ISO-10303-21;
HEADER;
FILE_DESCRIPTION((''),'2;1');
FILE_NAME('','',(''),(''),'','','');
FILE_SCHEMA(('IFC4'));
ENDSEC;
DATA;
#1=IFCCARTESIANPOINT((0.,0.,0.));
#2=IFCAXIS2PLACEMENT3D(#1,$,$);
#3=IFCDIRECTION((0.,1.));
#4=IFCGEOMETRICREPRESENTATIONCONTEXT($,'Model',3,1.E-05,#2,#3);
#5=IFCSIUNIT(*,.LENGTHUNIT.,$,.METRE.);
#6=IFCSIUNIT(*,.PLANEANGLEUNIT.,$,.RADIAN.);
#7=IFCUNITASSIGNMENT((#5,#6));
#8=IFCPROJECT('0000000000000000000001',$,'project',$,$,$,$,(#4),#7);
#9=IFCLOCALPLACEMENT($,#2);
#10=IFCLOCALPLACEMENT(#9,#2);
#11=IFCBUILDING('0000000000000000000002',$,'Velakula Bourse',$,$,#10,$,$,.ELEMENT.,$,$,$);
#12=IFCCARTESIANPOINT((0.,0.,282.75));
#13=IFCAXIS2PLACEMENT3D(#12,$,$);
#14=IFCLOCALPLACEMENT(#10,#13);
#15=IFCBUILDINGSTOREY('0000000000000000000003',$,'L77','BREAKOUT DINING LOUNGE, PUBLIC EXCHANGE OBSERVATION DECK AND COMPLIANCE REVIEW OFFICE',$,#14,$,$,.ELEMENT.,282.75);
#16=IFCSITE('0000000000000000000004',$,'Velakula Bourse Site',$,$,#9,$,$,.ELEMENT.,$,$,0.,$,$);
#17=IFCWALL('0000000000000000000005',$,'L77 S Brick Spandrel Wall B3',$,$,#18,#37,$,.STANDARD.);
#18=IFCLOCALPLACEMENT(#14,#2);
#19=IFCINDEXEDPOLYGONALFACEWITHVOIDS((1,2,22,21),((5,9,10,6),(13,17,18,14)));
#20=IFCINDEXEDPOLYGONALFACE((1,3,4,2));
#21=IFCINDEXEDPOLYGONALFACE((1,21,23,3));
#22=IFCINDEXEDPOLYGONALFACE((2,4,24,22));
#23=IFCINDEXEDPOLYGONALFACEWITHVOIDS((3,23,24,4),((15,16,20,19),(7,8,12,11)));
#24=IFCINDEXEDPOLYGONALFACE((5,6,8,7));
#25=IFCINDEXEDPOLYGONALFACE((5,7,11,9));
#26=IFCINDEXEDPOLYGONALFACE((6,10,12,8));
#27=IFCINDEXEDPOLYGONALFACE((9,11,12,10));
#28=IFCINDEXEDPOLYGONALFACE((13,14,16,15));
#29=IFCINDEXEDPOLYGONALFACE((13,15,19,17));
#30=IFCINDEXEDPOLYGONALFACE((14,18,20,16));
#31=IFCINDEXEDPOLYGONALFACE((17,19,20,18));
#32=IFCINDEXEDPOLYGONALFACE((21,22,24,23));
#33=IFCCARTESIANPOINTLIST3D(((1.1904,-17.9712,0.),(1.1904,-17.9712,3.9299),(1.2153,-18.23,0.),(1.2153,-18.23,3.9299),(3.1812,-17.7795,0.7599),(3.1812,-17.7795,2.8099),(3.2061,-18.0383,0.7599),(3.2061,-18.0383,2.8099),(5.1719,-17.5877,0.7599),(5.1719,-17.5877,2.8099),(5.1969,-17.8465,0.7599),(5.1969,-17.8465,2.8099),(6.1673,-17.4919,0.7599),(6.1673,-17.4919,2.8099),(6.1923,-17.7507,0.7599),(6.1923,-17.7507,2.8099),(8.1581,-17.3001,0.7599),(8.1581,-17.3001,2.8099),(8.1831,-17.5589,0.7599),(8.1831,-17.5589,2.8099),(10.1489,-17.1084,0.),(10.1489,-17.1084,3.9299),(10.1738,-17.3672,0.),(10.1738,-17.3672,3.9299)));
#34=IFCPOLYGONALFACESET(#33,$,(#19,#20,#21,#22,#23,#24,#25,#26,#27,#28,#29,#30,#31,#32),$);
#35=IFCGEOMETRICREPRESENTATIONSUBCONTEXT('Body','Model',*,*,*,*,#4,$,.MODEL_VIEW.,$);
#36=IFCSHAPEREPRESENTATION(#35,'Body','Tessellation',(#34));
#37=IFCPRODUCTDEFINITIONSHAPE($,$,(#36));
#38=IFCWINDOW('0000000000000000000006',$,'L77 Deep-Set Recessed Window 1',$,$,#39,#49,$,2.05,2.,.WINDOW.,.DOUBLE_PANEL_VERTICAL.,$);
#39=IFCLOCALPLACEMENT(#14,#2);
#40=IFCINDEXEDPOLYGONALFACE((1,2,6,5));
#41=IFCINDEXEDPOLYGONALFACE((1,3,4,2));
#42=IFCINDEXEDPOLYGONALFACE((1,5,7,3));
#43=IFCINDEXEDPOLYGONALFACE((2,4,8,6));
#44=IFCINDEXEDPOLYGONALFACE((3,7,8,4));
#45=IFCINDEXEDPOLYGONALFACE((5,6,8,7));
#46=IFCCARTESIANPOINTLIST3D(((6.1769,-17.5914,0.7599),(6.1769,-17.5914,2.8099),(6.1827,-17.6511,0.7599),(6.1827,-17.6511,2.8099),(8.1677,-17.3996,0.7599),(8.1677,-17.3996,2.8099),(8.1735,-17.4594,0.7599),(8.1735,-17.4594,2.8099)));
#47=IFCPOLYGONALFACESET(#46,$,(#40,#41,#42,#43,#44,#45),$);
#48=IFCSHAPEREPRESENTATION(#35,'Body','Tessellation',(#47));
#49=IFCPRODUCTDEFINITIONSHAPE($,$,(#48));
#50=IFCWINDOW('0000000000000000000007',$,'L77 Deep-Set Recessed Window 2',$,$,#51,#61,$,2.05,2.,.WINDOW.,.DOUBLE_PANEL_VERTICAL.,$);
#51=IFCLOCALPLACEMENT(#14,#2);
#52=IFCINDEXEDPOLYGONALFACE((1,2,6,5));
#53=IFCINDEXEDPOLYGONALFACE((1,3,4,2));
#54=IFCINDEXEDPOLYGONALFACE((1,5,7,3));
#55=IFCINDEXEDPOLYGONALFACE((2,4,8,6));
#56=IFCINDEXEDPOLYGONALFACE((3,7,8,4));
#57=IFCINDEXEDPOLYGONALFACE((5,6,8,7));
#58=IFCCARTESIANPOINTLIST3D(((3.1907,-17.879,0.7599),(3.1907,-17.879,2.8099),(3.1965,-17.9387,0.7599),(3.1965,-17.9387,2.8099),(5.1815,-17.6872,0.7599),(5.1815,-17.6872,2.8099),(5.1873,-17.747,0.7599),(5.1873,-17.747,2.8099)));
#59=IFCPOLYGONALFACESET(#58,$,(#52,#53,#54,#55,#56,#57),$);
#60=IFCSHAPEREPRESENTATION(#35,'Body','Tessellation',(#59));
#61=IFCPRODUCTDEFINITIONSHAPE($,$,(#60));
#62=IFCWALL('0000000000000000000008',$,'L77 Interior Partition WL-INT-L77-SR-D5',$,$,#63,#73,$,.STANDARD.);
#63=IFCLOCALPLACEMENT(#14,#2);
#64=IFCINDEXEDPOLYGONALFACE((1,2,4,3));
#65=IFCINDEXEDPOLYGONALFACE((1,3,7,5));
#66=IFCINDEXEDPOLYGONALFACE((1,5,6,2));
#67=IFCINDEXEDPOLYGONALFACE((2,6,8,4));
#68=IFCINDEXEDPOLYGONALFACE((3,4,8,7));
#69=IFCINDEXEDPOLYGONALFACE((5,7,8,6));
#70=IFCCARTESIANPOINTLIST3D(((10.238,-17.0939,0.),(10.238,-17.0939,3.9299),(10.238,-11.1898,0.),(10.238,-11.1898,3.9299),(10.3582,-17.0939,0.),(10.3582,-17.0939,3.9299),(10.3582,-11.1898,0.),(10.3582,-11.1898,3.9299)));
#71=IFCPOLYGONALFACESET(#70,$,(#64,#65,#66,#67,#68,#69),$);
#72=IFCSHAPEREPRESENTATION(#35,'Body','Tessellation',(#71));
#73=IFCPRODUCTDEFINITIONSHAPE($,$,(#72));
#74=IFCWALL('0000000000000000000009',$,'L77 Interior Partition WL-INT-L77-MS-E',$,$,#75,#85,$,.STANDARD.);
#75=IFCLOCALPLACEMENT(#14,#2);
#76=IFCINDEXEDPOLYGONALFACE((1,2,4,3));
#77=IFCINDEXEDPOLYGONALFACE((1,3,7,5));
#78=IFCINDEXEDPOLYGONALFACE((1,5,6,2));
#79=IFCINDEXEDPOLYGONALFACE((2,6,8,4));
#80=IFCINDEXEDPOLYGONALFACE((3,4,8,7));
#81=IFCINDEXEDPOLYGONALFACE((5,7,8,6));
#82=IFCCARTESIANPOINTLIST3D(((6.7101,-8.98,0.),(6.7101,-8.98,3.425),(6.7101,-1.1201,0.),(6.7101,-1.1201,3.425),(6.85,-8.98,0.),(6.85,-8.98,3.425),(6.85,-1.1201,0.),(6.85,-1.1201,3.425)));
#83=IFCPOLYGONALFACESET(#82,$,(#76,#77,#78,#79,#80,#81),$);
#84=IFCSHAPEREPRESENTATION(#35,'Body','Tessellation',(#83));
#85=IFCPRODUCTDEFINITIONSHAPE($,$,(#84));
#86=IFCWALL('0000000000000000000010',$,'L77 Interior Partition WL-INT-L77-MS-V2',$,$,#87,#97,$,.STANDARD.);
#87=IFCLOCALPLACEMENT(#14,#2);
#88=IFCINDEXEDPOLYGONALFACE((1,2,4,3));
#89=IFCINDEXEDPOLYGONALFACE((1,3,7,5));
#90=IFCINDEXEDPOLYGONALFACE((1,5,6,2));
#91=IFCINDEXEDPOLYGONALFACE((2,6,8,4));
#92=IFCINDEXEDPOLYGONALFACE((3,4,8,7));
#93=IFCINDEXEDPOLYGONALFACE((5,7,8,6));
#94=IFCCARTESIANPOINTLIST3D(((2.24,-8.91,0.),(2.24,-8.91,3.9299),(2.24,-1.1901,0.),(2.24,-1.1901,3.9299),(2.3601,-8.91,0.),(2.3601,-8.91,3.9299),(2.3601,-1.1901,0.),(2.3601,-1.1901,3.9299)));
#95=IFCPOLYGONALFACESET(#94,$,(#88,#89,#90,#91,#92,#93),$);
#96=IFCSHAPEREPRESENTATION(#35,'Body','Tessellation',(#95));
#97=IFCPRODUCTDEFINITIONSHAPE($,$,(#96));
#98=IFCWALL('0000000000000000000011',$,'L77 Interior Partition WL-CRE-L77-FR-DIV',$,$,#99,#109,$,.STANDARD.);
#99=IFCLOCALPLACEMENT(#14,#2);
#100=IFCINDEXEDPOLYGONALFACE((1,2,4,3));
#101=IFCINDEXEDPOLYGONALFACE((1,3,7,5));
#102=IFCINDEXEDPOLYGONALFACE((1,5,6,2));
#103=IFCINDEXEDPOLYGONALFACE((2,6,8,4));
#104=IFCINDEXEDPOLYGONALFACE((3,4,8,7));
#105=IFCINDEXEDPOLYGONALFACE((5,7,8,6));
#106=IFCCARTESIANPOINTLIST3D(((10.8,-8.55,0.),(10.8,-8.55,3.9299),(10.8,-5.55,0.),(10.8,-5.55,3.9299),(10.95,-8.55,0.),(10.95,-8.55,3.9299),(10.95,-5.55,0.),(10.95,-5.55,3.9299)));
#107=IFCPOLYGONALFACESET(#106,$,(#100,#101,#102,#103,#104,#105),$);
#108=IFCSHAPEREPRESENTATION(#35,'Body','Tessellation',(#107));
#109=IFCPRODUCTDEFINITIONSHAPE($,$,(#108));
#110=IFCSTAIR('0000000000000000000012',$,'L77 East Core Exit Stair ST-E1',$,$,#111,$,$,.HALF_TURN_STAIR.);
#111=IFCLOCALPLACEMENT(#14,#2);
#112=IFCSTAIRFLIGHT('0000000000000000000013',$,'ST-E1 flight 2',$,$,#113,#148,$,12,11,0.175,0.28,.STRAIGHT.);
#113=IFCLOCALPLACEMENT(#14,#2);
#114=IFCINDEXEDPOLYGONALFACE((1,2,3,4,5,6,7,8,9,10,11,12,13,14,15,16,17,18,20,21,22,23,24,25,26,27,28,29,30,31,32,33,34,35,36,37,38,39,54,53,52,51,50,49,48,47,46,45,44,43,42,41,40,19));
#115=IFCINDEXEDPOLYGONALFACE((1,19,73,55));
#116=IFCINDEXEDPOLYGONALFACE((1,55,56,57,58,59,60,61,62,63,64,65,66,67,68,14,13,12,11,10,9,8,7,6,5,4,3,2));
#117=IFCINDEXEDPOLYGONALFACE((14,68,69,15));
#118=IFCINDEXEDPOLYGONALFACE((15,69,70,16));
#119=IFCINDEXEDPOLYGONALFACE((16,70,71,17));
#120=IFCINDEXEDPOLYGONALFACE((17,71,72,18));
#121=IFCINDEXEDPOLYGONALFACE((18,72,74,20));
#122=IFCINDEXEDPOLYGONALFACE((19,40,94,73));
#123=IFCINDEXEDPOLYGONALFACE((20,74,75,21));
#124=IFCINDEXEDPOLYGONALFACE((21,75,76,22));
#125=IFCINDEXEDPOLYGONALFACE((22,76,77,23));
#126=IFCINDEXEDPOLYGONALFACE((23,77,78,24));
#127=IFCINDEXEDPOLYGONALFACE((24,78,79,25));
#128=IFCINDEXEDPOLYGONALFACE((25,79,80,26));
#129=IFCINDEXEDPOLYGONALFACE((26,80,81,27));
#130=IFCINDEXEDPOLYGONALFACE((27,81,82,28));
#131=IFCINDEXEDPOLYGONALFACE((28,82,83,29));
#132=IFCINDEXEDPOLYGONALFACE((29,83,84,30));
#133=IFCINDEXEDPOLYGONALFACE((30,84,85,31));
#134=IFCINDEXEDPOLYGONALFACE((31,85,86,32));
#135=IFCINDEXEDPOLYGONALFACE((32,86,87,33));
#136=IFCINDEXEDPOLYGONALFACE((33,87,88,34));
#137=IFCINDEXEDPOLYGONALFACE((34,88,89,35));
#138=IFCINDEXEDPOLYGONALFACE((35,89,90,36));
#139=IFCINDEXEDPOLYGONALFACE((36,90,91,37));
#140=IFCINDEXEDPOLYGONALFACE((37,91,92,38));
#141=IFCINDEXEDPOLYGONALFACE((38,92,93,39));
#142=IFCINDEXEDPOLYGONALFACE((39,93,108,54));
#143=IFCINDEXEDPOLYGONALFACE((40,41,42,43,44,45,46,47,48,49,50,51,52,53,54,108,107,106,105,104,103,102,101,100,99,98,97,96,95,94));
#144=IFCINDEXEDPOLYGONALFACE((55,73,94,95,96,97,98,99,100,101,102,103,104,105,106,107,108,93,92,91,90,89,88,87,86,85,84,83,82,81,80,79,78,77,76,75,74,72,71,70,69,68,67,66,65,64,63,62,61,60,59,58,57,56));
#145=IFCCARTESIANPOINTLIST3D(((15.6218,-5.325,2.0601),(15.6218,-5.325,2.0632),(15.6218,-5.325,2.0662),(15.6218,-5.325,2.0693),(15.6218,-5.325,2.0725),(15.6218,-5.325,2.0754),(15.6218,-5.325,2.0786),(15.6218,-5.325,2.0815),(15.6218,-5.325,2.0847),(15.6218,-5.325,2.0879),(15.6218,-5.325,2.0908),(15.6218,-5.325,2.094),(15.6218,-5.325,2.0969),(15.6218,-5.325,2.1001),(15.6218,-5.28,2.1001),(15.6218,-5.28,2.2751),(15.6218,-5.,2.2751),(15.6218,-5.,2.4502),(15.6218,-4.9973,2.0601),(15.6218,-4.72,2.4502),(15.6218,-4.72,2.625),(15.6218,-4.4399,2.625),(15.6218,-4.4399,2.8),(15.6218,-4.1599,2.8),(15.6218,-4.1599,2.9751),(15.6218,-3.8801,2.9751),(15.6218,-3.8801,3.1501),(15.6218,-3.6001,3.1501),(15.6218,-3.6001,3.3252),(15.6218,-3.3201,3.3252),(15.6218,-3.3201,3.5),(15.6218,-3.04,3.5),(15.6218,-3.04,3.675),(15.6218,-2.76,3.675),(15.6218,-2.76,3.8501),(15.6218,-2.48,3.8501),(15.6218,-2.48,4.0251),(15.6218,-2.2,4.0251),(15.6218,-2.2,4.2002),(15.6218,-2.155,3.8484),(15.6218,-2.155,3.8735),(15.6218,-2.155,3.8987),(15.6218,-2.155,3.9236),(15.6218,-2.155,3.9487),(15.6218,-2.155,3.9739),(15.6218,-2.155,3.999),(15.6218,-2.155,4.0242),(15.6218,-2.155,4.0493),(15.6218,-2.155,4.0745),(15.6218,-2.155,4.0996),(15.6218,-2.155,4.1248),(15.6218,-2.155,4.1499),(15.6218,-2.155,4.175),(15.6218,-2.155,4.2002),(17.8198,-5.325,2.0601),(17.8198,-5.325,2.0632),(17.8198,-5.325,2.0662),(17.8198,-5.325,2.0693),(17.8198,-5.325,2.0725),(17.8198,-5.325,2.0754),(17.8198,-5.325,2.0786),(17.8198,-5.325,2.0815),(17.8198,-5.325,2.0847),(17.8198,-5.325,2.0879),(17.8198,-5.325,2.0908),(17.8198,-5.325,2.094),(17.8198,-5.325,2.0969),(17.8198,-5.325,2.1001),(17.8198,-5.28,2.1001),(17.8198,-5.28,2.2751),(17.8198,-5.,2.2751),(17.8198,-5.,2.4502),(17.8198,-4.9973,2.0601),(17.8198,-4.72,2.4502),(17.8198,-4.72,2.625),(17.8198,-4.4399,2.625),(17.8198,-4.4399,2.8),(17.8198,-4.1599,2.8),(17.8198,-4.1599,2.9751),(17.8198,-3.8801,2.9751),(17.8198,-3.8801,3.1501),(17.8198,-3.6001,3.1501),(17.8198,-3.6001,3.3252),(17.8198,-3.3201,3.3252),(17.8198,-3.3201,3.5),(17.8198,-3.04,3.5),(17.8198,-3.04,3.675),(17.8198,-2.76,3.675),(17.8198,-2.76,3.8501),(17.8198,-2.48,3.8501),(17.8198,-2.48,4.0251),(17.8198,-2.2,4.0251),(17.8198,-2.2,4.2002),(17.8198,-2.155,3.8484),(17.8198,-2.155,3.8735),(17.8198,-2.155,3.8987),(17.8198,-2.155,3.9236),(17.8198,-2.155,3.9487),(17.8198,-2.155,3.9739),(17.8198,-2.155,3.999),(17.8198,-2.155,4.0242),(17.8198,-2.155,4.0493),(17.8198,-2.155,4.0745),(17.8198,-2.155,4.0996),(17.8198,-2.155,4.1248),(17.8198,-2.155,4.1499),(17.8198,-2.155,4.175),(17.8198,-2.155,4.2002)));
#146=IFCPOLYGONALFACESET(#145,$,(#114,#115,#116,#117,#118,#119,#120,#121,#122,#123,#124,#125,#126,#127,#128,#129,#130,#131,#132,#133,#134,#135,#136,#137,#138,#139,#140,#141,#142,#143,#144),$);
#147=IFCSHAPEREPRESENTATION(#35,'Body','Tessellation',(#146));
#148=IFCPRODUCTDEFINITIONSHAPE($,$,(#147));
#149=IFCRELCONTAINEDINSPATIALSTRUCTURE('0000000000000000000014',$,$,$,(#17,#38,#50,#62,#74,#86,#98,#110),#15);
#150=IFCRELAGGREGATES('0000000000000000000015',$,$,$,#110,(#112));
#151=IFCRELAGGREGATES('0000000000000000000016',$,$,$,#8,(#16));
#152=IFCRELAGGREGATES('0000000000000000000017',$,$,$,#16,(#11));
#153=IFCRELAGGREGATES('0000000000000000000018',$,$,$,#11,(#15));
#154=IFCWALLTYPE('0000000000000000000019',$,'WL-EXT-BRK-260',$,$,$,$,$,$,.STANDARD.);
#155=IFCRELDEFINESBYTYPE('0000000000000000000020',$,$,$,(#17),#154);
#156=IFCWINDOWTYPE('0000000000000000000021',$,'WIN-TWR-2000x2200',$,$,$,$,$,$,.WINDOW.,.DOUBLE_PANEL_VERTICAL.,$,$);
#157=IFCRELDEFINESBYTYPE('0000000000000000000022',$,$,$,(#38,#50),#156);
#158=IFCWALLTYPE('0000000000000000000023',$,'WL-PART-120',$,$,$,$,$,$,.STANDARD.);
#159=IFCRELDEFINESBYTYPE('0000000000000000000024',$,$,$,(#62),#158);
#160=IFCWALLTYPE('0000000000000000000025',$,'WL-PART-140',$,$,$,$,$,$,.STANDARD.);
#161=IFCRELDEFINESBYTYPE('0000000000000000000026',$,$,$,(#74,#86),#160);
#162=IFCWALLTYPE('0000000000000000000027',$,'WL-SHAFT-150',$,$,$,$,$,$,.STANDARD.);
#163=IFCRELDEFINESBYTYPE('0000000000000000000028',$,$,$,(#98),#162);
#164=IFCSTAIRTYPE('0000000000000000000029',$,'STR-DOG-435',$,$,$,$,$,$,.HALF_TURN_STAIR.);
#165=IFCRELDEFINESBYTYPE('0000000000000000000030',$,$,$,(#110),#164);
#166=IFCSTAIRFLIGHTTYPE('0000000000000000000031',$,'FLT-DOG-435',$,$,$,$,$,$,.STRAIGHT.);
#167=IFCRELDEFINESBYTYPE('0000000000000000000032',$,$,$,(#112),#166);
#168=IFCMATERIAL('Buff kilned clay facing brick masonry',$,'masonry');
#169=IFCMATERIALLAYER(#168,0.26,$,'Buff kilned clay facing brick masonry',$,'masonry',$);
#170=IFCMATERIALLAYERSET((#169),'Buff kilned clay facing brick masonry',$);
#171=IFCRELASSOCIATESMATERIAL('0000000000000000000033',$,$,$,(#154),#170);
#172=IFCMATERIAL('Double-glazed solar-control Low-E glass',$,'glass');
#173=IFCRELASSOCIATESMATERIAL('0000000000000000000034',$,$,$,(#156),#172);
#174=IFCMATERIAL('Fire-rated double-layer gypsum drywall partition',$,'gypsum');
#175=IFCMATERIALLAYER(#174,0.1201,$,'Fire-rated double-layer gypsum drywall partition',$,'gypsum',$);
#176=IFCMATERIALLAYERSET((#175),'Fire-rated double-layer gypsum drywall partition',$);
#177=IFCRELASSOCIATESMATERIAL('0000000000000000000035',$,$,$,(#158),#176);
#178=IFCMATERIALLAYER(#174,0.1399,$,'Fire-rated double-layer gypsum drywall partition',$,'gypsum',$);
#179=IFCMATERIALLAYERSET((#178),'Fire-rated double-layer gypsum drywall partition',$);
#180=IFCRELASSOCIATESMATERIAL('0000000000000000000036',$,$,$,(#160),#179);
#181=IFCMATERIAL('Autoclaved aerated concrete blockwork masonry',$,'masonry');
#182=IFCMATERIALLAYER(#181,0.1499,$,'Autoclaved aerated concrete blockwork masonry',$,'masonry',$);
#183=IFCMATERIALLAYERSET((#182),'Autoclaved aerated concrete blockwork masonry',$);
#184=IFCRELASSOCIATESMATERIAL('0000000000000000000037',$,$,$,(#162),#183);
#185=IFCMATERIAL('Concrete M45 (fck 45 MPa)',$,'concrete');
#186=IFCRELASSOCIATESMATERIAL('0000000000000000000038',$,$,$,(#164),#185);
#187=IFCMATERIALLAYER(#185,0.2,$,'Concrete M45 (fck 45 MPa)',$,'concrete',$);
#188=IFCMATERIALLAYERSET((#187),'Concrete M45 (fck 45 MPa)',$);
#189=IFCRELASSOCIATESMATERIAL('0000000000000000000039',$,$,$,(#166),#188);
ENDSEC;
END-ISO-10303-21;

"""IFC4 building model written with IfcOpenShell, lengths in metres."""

from ifc_helpers import new_model, si_unit, direction, frame, frame_2d, origin, place, context, subcontext, project, spatial, polyline, rectangle, outline, extrude, material, layer, layer_set, type_object, element, fill, aggregate, save


model = new_model("IFC4")

# Units and contexts
model_context = context("Model", 3, precision=1e-05, world=origin(), true_north=direction((0.0, 1.0)))
body_context = subcontext(model_context, "Body", "Model", "MODEL_VIEW")
ifc_project = project(units=[si_unit("LENGTHUNIT", "METRE"), si_unit("PLANEANGLEUNIT", "RADIAN")], contexts=[model_context])

# Site, building, storey
site_placement = place(None, origin())
site = spatial("IfcSite", under=ifc_project, at=site_placement, Name="Velakula Bourse Site", CompositionType="ELEMENT", RefElevation=0.0)
building_placement = place(site_placement, origin())
building = spatial("IfcBuilding", under=site, at=building_placement, Name="Velakula Bourse", CompositionType="ELEMENT")
storey_placement = place(building_placement, frame((0.0, 0.0, 282.75)))
storey = spatial("IfcBuildingStorey", under=building, at=storey_placement, Name="L77", Description="BREAKOUT DINING LOUNGE, PUBLIC EXCHANGE OBSERVATION DECK AND COMPLIANCE REVIEW OFFICE", CompositionType="ELEMENT", Elevation=282.75)

# Wall, openings, windows
ifc_material_1 = material(Name="Buff kilned clay facing brick masonry", Category="masonry")
ifc_layer_1 = layer(ifc_material_1, 0.26, Name="Buff kilned clay facing brick masonry", Category="masonry")
ifc_layer_set_1 = layer_set([ifc_layer_1], Name="Buff kilned clay facing brick masonry")
wall_type_1 = type_object("IfcWallType", Name="WL-EXT-BRK-260", PredefinedType="STANDARD", material=ifc_layer_set_1)
ifc_material_2 = material(Name="Double-glazed solar-control Low-E glass", Category="glass")
window_type = type_object("IfcWindowType", Name="WIN-TWR-2000x2200", PartitioningType="DOUBLE_PANEL_VERTICAL", PredefinedType="WINDOW", material=ifc_material_2)
wall_1_placement = place(storey_placement, frame((10.1614, -17.2378, 0.0), z_axis=(0.0, 0.0, 1.0), x_axis=(-0.995394, -0.095866, 0.0)))
wall_1 = element("IfcWall", 1, at=wall_1_placement, inside=storey, type_object=wall_type_1, Name="L77 S Brick Spandrel Wall B3", PredefinedType="STANDARD", context=body_context, shape_type="SweptSolid", body=[
    extrude(rectangle(XDim=9.0, YDim=0.26, at=frame_2d((4.5, 0.0))), origin(), (0.0, 0.0, 1.0), 3.9299),
])
opening_1_placement = place(wall_1_placement, frame((2.0, 0.0, 0.76)))
opening_1 = element("IfcOpeningElement", 2, at=opening_1_placement, cuts=wall_1, PredefinedType="OPENING", context=body_context, shape_type="SweptSolid", body=[
    extrude(rectangle(XDim=2.0, YDim=2.05, at=frame_2d((1.0, 1.0249))), frame((0.0, 0.1399, 0.0), z_axis=(0.0, -1.0, 0.0), x_axis=(1.0, 0.0, 0.0)), (0.0, 0.0, 1.0), 0.28),
])
opening_2_placement = place(wall_1_placement, frame((5.0, 0.0, 0.76)))
opening_2 = element("IfcOpeningElement", 3, at=opening_2_placement, cuts=wall_1, PredefinedType="OPENING", context=body_context, shape_type="SweptSolid", body=[
    extrude(rectangle(XDim=2.0, YDim=2.05, at=frame_2d((1.0, 1.0249))), frame((0.0, 0.1399, 0.0), z_axis=(0.0, -1.0, 0.0), x_axis=(1.0, 0.0, 0.0)), (0.0, 0.0, 1.0), 0.28),
])
window_1_placement = place(opening_1_placement, origin())
window_1 = element("IfcWindow", 4, at=window_1_placement, inside=storey, type_object=window_type, Name="L77 Deep-Set Recessed Window 1", OverallHeight=2.05, OverallWidth=2.0, PartitioningType="DOUBLE_PANEL_VERTICAL", PredefinedType="WINDOW", context=body_context, shape_type="SweptSolid", body=[
    extrude(rectangle(XDim=2.0, YDim=2.05, at=frame_2d((1.0, 1.0249))), frame((0.0, 0.03, 0.0), z_axis=(0.0, -1.0, 0.0), x_axis=(1.0, 0.0, 0.0)), (0.0, 0.0, 1.0), 0.0601),
])
fill(opening_1, window_1)
window_2_placement = place(opening_2_placement, origin())
window_2 = element("IfcWindow", 5, at=window_2_placement, inside=storey, type_object=window_type, Name="L77 Deep-Set Recessed Window 2", OverallHeight=2.05, OverallWidth=2.0, PartitioningType="DOUBLE_PANEL_VERTICAL", PredefinedType="WINDOW", context=body_context, shape_type="SweptSolid", body=[
    extrude(rectangle(XDim=2.0, YDim=2.05, at=frame_2d((1.0, 1.0249))), frame((0.0, 0.03, 0.0), z_axis=(0.0, -1.0, 0.0), x_axis=(1.0, 0.0, 0.0)), (0.0, 0.0, 1.0), 0.0601),
])
fill(opening_2, window_2)

# Walls
ifc_material_3 = material(Name="Fire-rated double-layer gypsum drywall partition", Category="gypsum")
ifc_layer_2 = layer(ifc_material_3, 0.1201, Name="Fire-rated double-layer gypsum drywall partition", Category="gypsum")
ifc_layer_set_2 = layer_set([ifc_layer_2], Name="Fire-rated double-layer gypsum drywall partition")
wall_type_2 = type_object("IfcWallType", Name="WL-PART-120", PredefinedType="STANDARD", material=ifc_layer_set_2)
wall_2_placement = place(storey_placement, frame((10.2981, -17.094, 0.0), z_axis=(0.0, 0.0, 1.0), x_axis=(0.0, 1.0, 0.0)))
element("IfcWall", 6, at=wall_2_placement, inside=storey, type_object=wall_type_2, Name="L77 Interior Partition WL-INT-L77-SR-D5", PredefinedType="STANDARD", context=body_context, shape_type="SweptSolid", body=[
    extrude(rectangle(XDim=5.9041, YDim=0.1201, at=frame_2d((2.9521, 0.0))), origin(), (0.0, 0.0, 1.0), 3.9299),
])
ifc_layer_3 = layer(ifc_material_3, 0.1399, Name="Fire-rated double-layer gypsum drywall partition", Category="gypsum")
ifc_layer_set_3 = layer_set([ifc_layer_3], Name="Fire-rated double-layer gypsum drywall partition")
wall_type_3 = type_object("IfcWallType", Name="WL-PART-140", PredefinedType="STANDARD", material=ifc_layer_set_3)
wall_3_placement = place(storey_placement, frame((6.78, -8.98, 0.0), z_axis=(0.0, 0.0, 1.0), x_axis=(0.0, 1.0, 0.0)))
element("IfcWall", 7, at=wall_3_placement, inside=storey, type_object=wall_type_3, Name="L77 Interior Partition WL-INT-L77-MS-E", PredefinedType="STANDARD", context=body_context, shape_type="SweptSolid", body=[
    extrude(rectangle(XDim=7.8599, YDim=0.1399, at=frame_2d((3.9299, 0.0))), origin(), (0.0, 0.0, 1.0), 3.425),
])
wall_4_placement = place(storey_placement, frame((2.3, -8.9099, 0.0), z_axis=(0.0, 0.0, 1.0), x_axis=(0.0, 1.0, 0.0)))
element("IfcWall", 8, at=wall_4_placement, inside=storey, type_object=wall_type_3, Name="L77 Interior Partition WL-INT-L77-MS-V2", PredefinedType="STANDARD", context=body_context, shape_type="SweptSolid", body=[
    extrude(rectangle(XDim=7.72, YDim=0.1201, at=frame_2d((3.8599, 0.0))), origin(), (0.0, 0.0, 1.0), 3.9299),
])

# Shared definitions
ifc_material_4 = material(Name="Autoclaved aerated concrete blockwork masonry", Category="masonry")
ifc_layer_4 = layer(ifc_material_4, 0.1499, Name="Autoclaved aerated concrete blockwork masonry", Category="masonry")
ifc_layer_set_4 = layer_set([ifc_layer_4], Name="Autoclaved aerated concrete blockwork masonry")
wall_type_4 = type_object("IfcWallType", Name="WL-SHAFT-150", PredefinedType="STANDARD", material=ifc_layer_set_4)

# Wall
wall_5_placement = place(storey_placement, frame((10.875, -8.55, 0.0), z_axis=(0.0, 0.0, 1.0), x_axis=(0.0, 1.0, 0.0)))
element("IfcWall", 9, at=wall_5_placement, inside=storey, type_object=wall_type_4, Name="L77 Interior Partition WL-CRE-L77-FR-DIV", PredefinedType="STANDARD", context=body_context, shape_type="SweptSolid", body=[
    extrude(rectangle(XDim=3.0, YDim=0.1499, at=frame_2d((1.5, 0.0))), origin(), (0.0, 0.0, 1.0), 3.9299),
])

# Stair, stair flight
ifc_material_5 = material(Name="Concrete M45 (fck 45 MPa)", Category="concrete")
stair_type = type_object("IfcStairType", Name="STR-DOG-435", PredefinedType="HALF_TURN_STAIR", material=ifc_material_5)
stair_placement = place(storey_placement, origin())
stair = element("IfcStair", 10, at=stair_placement, inside=storey, type_object=stair_type, Name="L77 East Core Exit Stair ST-E1", PredefinedType="HALF_TURN_STAIR")
ifc_layer_5 = layer(ifc_material_5, 0.2, Name="Concrete M45 (fck 45 MPa)", Category="concrete")
ifc_layer_set_5 = layer_set([ifc_layer_5], Name="Concrete M45 (fck 45 MPa)")
stair_flight_type = type_object("IfcStairFlightType", Name="FLT-DOG-435", PredefinedType="STRAIGHT", material=ifc_layer_set_5)
stair_flight_placement = place(storey_placement, frame((16.7209, -5.28, 2.1001), z_axis=(0.0, 0.0, 1.0), x_axis=(0.0, 1.0, 0.0)))
stair_flight = element("IfcStairFlight", 11, at=stair_flight_placement, type_object=stair_flight_type, Name="ST-E1 flight 2", NumberOfRisers=12, NumberOfTreads=11, PredefinedType="STRAIGHT", RiserHeight=0.175, TreadLength=0.28, context=body_context, shape_type="SweptSolid", body=[
    extrude(outline(polyline([(-0.0449, -0.04), (-0.0449, -0.0369), (-0.0449, -0.0339), (-0.0449, -0.0308), (-0.0449, -0.0276), (-0.0449, -0.0247), (-0.0449, -0.0215), (-0.0449, -0.0186), (-0.0449, -0.0154), (-0.0449, -0.0122), (-0.0449, -0.0093), (-0.0449, -0.0061), (-0.0449, -0.0032), (-0.0449, 0.0), (0.0, 0.0), (0.0, 0.175), (0.28, 0.175), (0.28, 0.3501), (0.5601, 0.3501), (0.5601, 0.5249), (0.8401, 0.5249), (0.8401, 0.7), (1.1201, 0.7), (1.1201, 0.875), (1.3999, 0.875), (1.3999, 1.05), (1.6799, 1.05), (1.6799, 1.2251), (1.96, 1.2251), (1.96, 1.3999), (2.24, 1.3999), (2.24, 1.575), (2.52, 1.575), (2.52, 1.75), (2.8, 1.75), (2.8, 1.925), (3.0801, 1.925), (3.0801, 2.1001), (3.125, 2.1001), (3.125, 2.075), (3.125, 2.0498), (3.125, 2.0247), (3.125, 1.9995), (3.125, 1.9744), (3.125, 1.9492), (3.125, 1.9241), (3.125, 1.8989), (3.125, 1.8738), (3.125, 1.8486), (3.125, 1.8235), (3.125, 1.7986), (3.125, 1.7734), (3.125, 1.7483), (0.2827, -0.04), (-0.0449, -0.04)])), frame((0.0, 1.0991, 0.0), z_axis=(0.0, -1.0, 0.0), x_axis=(1.0, 0.0, 0.0)), (0.0, 0.0, 1.0), 2.198),
])
aggregate(stair, [stair_flight])

save(model, "model.ifc")
